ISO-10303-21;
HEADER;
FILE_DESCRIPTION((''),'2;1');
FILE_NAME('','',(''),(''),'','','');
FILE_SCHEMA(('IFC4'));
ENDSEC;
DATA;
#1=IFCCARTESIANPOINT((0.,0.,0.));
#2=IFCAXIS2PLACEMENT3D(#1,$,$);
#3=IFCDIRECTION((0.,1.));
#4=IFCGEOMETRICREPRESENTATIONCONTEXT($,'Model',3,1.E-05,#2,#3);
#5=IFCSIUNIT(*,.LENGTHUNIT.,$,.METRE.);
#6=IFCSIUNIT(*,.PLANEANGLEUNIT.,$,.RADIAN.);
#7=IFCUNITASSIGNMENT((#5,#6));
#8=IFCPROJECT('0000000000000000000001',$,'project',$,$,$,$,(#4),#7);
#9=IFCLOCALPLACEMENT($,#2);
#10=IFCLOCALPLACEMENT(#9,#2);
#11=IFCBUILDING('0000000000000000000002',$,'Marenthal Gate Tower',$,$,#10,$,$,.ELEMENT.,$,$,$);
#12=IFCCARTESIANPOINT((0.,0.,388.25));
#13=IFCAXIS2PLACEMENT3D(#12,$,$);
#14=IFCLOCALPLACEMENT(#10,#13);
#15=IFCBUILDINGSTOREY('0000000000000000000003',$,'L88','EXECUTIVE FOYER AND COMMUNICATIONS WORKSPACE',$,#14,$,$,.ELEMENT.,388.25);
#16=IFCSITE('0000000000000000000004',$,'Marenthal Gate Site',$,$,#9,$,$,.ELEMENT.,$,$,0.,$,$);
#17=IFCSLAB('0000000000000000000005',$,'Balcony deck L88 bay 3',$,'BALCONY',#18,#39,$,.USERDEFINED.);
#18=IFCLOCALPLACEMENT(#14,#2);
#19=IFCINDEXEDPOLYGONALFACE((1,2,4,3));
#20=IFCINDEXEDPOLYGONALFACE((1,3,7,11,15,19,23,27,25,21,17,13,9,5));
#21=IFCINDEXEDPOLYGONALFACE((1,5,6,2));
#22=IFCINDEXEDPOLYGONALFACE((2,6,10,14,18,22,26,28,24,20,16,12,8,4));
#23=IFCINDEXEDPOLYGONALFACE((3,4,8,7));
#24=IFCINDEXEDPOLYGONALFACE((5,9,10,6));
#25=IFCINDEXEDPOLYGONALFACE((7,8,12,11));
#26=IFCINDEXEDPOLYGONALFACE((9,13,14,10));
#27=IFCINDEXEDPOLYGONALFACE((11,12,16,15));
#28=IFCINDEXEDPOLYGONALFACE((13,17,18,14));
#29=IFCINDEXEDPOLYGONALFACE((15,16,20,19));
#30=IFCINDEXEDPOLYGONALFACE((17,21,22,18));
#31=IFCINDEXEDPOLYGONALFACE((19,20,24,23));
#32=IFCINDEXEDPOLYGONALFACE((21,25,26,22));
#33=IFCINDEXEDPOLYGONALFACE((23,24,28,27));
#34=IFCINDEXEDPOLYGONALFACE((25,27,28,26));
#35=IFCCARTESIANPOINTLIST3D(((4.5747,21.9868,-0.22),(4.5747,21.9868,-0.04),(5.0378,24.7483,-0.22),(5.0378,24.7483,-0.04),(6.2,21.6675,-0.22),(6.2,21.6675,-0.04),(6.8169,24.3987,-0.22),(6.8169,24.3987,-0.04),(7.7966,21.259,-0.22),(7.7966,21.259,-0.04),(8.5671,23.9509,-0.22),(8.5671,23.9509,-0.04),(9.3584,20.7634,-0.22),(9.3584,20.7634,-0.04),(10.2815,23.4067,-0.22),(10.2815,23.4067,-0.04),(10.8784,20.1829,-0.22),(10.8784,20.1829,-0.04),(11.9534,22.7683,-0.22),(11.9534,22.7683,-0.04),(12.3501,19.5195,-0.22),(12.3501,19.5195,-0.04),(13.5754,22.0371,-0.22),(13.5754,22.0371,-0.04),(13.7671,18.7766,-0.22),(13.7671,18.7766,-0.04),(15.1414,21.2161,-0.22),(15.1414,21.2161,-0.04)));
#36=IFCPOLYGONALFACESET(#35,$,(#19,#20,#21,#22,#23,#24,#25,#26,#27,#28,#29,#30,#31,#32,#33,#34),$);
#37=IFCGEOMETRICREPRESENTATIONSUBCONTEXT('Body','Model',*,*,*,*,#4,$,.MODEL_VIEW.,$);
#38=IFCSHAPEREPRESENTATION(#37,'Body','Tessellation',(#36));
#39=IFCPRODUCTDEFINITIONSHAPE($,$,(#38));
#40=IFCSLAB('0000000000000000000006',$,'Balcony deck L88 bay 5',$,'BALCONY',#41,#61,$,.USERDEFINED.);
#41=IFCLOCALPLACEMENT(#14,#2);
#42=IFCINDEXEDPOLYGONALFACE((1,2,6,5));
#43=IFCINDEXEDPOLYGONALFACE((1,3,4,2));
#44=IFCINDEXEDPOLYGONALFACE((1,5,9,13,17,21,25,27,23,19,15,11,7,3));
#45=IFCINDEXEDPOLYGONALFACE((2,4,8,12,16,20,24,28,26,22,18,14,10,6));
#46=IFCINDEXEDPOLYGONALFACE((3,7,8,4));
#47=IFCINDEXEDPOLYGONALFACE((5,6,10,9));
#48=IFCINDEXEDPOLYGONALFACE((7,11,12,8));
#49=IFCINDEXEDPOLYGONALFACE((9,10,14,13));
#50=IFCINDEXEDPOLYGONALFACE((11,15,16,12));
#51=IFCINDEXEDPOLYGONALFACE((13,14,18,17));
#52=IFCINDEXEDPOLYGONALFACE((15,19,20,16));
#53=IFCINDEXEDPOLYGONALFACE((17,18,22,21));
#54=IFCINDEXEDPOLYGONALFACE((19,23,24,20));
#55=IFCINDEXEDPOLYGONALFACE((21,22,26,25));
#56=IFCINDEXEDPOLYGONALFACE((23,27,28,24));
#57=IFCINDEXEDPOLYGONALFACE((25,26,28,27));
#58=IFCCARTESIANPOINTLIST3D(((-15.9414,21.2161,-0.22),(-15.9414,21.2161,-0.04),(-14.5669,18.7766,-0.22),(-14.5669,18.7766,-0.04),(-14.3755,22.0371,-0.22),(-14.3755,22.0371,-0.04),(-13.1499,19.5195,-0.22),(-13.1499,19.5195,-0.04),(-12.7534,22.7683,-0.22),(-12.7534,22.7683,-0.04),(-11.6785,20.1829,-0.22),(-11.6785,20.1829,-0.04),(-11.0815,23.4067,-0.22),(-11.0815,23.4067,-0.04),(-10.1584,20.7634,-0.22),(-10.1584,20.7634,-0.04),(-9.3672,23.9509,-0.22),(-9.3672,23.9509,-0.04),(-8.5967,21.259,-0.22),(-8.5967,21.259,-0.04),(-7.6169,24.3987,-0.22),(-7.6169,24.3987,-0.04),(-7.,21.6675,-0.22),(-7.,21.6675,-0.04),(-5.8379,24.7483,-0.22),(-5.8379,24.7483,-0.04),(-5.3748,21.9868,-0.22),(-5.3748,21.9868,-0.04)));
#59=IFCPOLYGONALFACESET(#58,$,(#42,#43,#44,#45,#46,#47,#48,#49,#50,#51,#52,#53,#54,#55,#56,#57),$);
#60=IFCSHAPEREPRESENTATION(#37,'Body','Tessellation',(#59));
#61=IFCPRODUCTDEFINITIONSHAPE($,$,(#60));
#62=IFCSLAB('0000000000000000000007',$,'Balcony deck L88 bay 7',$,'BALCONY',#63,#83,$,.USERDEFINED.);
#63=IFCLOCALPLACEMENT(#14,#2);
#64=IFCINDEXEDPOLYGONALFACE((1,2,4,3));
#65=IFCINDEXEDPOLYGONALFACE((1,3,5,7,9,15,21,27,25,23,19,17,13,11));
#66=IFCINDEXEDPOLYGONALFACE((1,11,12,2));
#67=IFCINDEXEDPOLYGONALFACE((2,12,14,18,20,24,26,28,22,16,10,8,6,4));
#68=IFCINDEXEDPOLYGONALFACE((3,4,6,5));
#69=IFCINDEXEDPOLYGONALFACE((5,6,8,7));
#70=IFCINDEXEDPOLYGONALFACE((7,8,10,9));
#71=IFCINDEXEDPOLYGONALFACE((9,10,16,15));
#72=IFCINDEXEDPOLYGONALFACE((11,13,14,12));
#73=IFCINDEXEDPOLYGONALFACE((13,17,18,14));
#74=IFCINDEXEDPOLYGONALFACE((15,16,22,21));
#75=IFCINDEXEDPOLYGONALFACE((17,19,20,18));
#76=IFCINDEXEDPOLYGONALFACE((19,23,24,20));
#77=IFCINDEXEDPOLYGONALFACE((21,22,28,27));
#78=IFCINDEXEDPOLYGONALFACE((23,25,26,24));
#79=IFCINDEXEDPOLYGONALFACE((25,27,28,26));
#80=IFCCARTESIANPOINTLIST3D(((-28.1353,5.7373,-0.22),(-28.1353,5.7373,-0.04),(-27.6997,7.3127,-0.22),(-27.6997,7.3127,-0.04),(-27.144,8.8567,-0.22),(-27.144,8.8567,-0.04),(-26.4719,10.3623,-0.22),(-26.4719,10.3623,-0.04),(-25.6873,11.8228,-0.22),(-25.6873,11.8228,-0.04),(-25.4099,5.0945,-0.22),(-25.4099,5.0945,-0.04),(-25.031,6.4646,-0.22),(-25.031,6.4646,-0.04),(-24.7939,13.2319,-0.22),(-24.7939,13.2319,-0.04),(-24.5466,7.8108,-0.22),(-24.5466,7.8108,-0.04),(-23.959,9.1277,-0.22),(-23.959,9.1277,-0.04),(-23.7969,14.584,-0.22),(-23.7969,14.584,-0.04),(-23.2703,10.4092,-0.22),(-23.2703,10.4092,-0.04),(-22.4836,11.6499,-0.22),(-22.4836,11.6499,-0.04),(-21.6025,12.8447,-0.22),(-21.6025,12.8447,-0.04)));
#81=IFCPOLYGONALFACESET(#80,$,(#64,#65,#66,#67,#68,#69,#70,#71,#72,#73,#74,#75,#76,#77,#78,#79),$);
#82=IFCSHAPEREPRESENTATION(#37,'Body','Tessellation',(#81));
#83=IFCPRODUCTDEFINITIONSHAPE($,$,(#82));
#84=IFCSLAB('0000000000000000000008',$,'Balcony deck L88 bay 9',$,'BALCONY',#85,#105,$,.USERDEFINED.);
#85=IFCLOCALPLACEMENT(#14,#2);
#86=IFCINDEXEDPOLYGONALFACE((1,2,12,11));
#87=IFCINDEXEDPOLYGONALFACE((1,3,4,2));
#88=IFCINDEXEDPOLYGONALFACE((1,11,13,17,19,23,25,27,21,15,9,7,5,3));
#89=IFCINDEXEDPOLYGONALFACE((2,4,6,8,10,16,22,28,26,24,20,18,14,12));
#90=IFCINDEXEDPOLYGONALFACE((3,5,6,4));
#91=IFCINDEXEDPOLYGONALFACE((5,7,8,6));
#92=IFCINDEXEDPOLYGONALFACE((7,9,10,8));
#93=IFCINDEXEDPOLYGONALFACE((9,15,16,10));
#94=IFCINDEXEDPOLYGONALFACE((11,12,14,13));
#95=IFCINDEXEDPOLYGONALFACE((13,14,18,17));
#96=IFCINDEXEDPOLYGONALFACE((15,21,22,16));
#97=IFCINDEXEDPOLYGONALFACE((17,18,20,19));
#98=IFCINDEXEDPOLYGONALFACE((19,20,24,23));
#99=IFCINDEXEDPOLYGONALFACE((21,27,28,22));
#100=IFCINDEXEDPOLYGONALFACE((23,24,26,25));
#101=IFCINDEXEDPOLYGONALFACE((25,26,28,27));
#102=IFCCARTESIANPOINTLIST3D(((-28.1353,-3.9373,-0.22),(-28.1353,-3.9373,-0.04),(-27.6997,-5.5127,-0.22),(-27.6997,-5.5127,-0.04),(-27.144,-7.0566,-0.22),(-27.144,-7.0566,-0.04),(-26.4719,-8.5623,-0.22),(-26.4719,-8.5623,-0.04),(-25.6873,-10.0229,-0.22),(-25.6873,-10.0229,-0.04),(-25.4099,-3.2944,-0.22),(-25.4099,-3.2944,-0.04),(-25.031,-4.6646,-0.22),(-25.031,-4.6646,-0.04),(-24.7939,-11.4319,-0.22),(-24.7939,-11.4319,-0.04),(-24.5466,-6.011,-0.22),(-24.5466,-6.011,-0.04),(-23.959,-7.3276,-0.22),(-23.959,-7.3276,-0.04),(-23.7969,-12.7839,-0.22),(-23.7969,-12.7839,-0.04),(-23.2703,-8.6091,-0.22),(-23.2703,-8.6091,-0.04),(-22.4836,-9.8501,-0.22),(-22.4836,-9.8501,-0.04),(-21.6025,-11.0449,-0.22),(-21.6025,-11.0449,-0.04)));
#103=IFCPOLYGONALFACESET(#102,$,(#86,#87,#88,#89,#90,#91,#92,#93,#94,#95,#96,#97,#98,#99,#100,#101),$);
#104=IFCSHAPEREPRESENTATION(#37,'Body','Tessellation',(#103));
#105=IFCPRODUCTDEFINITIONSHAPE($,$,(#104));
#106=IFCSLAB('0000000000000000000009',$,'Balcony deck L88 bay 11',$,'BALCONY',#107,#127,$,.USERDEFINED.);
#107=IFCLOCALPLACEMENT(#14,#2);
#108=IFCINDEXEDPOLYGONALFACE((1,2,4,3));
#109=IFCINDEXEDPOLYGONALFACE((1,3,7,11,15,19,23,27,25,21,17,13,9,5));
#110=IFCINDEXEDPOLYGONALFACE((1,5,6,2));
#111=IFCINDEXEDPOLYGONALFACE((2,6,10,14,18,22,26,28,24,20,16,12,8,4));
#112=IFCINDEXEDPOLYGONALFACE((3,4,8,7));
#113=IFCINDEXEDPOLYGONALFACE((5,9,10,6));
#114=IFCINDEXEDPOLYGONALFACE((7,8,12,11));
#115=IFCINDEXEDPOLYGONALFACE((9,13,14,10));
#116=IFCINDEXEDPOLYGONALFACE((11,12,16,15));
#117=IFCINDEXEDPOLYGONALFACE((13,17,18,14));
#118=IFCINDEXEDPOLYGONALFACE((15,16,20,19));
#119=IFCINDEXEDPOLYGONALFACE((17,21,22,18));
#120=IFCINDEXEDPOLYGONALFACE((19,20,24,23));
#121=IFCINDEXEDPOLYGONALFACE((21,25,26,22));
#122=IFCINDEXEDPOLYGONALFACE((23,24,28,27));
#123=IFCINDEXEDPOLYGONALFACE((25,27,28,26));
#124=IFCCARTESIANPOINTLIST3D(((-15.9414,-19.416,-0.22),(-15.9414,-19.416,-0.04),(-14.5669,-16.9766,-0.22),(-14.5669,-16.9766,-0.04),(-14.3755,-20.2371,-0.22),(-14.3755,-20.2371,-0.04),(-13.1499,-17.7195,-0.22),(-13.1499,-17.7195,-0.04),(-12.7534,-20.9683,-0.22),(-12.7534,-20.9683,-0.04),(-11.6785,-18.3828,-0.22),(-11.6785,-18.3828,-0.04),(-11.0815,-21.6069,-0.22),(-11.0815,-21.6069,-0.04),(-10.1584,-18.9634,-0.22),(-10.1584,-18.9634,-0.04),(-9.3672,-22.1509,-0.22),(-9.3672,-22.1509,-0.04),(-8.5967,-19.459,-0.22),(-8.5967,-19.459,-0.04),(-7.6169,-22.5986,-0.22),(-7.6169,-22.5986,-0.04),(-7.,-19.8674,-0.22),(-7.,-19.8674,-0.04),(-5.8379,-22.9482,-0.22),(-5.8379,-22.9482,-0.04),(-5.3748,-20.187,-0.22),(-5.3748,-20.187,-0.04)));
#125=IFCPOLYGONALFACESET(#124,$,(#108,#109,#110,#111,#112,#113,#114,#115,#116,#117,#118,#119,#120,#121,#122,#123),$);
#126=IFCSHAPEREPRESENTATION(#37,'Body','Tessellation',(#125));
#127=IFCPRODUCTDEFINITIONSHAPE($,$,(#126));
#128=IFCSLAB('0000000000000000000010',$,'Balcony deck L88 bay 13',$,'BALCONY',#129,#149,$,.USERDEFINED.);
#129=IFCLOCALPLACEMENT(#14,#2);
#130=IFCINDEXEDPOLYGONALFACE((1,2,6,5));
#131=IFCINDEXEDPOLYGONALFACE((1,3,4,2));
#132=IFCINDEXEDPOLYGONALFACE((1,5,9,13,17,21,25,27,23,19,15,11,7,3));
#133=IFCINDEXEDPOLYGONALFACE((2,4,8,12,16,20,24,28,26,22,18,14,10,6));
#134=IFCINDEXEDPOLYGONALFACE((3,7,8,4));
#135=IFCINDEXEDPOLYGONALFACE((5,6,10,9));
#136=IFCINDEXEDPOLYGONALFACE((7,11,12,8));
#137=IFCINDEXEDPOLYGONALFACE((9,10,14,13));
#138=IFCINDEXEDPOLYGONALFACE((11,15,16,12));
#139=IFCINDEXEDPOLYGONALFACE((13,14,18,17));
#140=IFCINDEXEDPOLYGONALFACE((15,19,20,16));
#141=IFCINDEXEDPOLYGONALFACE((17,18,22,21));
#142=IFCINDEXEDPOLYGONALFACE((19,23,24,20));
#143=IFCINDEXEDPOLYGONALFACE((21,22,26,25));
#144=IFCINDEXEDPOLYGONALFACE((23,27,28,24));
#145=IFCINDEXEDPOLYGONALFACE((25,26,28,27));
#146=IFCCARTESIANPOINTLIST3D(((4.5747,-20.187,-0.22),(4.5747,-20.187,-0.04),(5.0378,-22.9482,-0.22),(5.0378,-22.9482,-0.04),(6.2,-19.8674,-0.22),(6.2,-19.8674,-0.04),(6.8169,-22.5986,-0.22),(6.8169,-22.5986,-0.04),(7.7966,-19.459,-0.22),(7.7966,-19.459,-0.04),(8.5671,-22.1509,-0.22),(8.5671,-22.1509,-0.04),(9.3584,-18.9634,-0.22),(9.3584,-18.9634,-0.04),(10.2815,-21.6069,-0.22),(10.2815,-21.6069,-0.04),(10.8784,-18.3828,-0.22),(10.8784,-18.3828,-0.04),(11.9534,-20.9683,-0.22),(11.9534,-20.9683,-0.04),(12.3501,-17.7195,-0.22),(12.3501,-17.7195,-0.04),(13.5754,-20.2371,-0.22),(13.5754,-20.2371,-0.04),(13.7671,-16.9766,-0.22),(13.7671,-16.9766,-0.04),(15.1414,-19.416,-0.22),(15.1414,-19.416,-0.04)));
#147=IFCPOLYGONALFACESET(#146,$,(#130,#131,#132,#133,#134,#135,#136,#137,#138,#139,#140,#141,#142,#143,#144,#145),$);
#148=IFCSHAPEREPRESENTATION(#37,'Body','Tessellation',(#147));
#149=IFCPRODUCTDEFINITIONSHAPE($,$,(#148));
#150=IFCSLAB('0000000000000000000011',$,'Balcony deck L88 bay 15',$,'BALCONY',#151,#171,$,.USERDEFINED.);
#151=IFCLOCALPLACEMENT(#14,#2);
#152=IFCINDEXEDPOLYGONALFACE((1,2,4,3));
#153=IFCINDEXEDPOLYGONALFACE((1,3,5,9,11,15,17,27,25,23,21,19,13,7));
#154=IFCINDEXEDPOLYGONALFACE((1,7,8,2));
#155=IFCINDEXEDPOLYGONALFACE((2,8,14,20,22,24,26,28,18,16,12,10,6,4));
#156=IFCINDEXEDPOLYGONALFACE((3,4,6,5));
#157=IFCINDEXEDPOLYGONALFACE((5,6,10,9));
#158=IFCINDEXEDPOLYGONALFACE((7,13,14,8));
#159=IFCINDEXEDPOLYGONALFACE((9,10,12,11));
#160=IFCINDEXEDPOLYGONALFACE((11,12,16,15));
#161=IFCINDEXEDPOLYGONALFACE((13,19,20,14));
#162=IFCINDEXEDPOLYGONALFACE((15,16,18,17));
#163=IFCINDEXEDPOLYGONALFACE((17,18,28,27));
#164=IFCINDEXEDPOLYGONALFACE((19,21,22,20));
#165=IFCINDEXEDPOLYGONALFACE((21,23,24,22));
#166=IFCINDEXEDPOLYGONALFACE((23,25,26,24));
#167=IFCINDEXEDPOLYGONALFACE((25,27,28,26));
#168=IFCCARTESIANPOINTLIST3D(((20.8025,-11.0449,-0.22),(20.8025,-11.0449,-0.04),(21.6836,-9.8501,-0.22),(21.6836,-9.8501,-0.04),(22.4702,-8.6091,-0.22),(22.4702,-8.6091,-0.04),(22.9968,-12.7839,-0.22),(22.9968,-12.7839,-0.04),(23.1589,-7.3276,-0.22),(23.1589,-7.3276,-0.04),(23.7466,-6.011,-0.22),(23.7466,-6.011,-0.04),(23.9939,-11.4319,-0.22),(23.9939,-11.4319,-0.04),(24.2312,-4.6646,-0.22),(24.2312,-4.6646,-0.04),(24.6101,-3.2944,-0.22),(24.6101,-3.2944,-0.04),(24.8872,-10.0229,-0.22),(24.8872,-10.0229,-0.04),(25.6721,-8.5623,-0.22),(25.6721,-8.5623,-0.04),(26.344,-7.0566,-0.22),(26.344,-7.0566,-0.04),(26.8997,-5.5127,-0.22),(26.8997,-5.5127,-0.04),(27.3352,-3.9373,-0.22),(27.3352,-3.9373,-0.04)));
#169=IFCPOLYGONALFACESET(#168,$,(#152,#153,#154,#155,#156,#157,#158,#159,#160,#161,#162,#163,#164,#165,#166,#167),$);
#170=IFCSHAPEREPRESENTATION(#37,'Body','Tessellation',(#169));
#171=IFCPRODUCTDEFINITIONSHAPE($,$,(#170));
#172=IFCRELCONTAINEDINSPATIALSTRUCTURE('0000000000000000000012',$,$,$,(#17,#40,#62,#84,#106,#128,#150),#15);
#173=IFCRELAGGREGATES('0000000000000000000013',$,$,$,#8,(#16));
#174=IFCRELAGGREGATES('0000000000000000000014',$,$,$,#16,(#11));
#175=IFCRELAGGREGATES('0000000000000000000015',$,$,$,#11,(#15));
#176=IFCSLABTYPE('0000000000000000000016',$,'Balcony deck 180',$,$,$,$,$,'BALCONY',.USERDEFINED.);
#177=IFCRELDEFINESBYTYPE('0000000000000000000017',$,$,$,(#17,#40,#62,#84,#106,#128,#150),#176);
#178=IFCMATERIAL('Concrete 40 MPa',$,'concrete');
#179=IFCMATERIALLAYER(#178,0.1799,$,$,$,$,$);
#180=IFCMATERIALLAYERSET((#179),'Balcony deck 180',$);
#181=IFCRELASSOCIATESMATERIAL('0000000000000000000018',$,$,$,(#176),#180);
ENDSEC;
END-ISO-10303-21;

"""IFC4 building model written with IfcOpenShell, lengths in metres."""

from ifc_helpers import new_model, si_unit, direction, frame, origin, place, context, subcontext, project, spatial, polyline, outline, extrude, material, layer, layer_set, type_object, element, save


model = new_model("IFC4")

# Units and contexts
model_context = context("Model", 3, precision=1e-05, world=origin(), true_north=direction((0.0, 1.0)))
body_context = subcontext(model_context, "Body", "Model", "MODEL_VIEW")
ifc_project = project(units=[si_unit("LENGTHUNIT", "METRE"), si_unit("PLANEANGLEUNIT", "RADIAN")], contexts=[model_context])

# Site, building, storey
site_placement = place(None, origin())
site = spatial("IfcSite", under=ifc_project, at=site_placement, Name="Marenthal Gate Site", CompositionType="ELEMENT", RefElevation=0.0)
building_placement = place(site_placement, origin())
building = spatial("IfcBuilding", under=site, at=building_placement, Name="Marenthal Gate Tower", CompositionType="ELEMENT")
storey_placement = place(building_placement, frame((0.0, 0.0, 388.25)))
storey = spatial("IfcBuildingStorey", under=building, at=storey_placement, Name="L88", Description="EXECUTIVE FOYER AND COMMUNICATIONS WORKSPACE", CompositionType="ELEMENT", Elevation=388.25)

# Slabs
ifc_material_1 = material(Name="Concrete 40 MPa", Category="concrete")
ifc_layer_1 = layer(ifc_material_1, 0.1799)
ifc_layer_set_1 = layer_set([ifc_layer_1], Name="Balcony deck 180")
slab_type_1 = type_object("IfcSlabType", Name="Balcony deck 180", ElementType="BALCONY", PredefinedType="USERDEFINED", material=ifc_layer_set_1)
slab_1_placement = place(storey_placement, frame((0.0, 0.0, -0.22)))
element("IfcSlab", 1, at=slab_1_placement, inside=storey, type_object=slab_type_1, Name="Balcony deck L88 bay 3", ObjectType="BALCONY", PredefinedType="USERDEFINED", context=body_context, shape_type="SweptSolid", body=[
    extrude(outline(polyline([(13.7671, 18.7766), (12.3501, 19.5195), (10.8784, 20.1829), (9.3584, 20.7634), (7.7966, 21.259), (6.2, 21.6675), (4.5747, 21.9868), (5.0378, 24.7483), (6.8169, 24.3987), (8.5671, 23.9509), (10.2815, 23.4067), (11.9534, 22.7683), (13.5754, 22.0371), (15.1414, 21.2161), (13.7671, 18.7766)])), origin(), (0.0, 0.0, 1.0), 0.1799),
])
slab_2_placement = place(storey_placement, frame((0.0, 0.0, -0.22)))
element("IfcSlab", 2, at=slab_2_placement, inside=storey, type_object=slab_type_1, Name="Balcony deck L88 bay 5", ObjectType="BALCONY", PredefinedType="USERDEFINED", context=body_context, shape_type="SweptSolid", body=[
    extrude(outline(polyline([(-5.3748, 21.9868), (-7.0, 21.6675), (-8.5967, 21.259), (-10.1584, 20.7634), (-11.6785, 20.1829), (-13.1499, 19.5195), (-14.5669, 18.7766), (-15.9414, 21.2161), (-14.3755, 22.0371), (-12.7534, 22.7683), (-11.0815, 23.4067), (-9.3672, 23.9509), (-7.6169, 24.3987), (-5.8379, 24.7483), (-5.3748, 21.9868)])), origin(), (0.0, 0.0, 1.0), 0.1799),
])
slab_3_placement = place(storey_placement, frame((0.0, 0.0, -0.22)))
element("IfcSlab", 3, at=slab_3_placement, inside=storey, type_object=slab_type_1, Name="Balcony deck L88 bay 7", ObjectType="BALCONY", PredefinedType="USERDEFINED", context=body_context, shape_type="SweptSolid", body=[
    extrude(outline(polyline([(-21.6025, 12.8447), (-22.4836, 11.6499), (-23.2703, 10.4092), (-23.959, 9.1277), (-24.5466, 7.8108), (-25.031, 6.4646), (-25.4099, 5.0945), (-28.1353, 5.7373), (-27.6997, 7.3127), (-27.144, 8.8567), (-26.4719, 10.3623), (-25.6873, 11.8228), (-24.7939, 13.2319), (-23.7969, 14.584), (-21.6025, 12.8447)])), origin(), (0.0, 0.0, 1.0), 0.1799),
])
slab_4_placement = place(storey_placement, frame((0.0, 0.0, -0.22)))
element("IfcSlab", 4, at=slab_4_placement, inside=storey, type_object=slab_type_1, Name="Balcony deck L88 bay 9", ObjectType="BALCONY", PredefinedType="USERDEFINED", context=body_context, shape_type="SweptSolid", body=[
    extrude(outline(polyline([(-25.4099, -3.2944), (-25.031, -4.6646), (-24.5466, -6.011), (-23.959, -7.3276), (-23.2703, -8.6091), (-22.4836, -9.8501), (-21.6025, -11.0449), (-23.7969, -12.7839), (-24.7939, -11.4319), (-25.6873, -10.0229), (-26.4719, -8.5623), (-27.144, -7.0566), (-27.6997, -5.5127), (-28.1353, -3.9373), (-25.4099, -3.2944)])), origin(), (0.0, 0.0, 1.0), 0.1799),
])
slab_5_placement = place(storey_placement, frame((0.0, 0.0, -0.22)))
element("IfcSlab", 5, at=slab_5_placement, inside=storey, type_object=slab_type_1, Name="Balcony deck L88 bay 11", ObjectType="BALCONY", PredefinedType="USERDEFINED", context=body_context, shape_type="SweptSolid", body=[
    extrude(outline(polyline([(-14.5669, -16.9766), (-13.1499, -17.7195), (-11.6785, -18.3828), (-10.1584, -18.9634), (-8.5967, -19.459), (-7.0, -19.8674), (-5.3748, -20.187), (-5.8379, -22.9482), (-7.6169, -22.5986), (-9.3672, -22.1509), (-11.0815, -21.6069), (-12.7534, -20.9683), (-14.3755, -20.2371), (-15.9414, -19.416), (-14.5669, -16.9766)])), origin(), (0.0, 0.0, 1.0), 0.1799),
])
slab_6_placement = place(storey_placement, frame((0.0, 0.0, -0.22)))
element("IfcSlab", 6, at=slab_6_placement, inside=storey, type_object=slab_type_1, Name="Balcony deck L88 bay 13", ObjectType="BALCONY", PredefinedType="USERDEFINED", context=body_context, shape_type="SweptSolid", body=[
    extrude(outline(polyline([(4.5747, -20.187), (6.2, -19.8674), (7.7966, -19.459), (9.3584, -18.9634), (10.8784, -18.3828), (12.3501, -17.7195), (13.7671, -16.9766), (15.1414, -19.416), (13.5754, -20.2371), (11.9534, -20.9683), (10.2815, -21.6069), (8.5671, -22.1509), (6.8169, -22.5986), (5.0378, -22.9482), (4.5747, -20.187)])), origin(), (0.0, 0.0, 1.0), 0.1799),
])
slab_7_placement = place(storey_placement, frame((0.0, 0.0, -0.22)))
element("IfcSlab", 7, at=slab_7_placement, inside=storey, type_object=slab_type_1, Name="Balcony deck L88 bay 15", ObjectType="BALCONY", PredefinedType="USERDEFINED", context=body_context, shape_type="SweptSolid", body=[
    extrude(outline(polyline([(20.8025, -11.0449), (21.6836, -9.8501), (22.4702, -8.6091), (23.1589, -7.3276), (23.7466, -6.011), (24.2312, -4.6646), (24.6101, -3.2944), (27.3352, -3.9373), (26.8997, -5.5127), (26.344, -7.0566), (25.6721, -8.5623), (24.8872, -10.0229), (23.9939, -11.4319), (22.9968, -12.7839), (20.8025, -11.0449)])), origin(), (0.0, 0.0, 1.0), 0.1799),
])

save(model, "model.ifc")
